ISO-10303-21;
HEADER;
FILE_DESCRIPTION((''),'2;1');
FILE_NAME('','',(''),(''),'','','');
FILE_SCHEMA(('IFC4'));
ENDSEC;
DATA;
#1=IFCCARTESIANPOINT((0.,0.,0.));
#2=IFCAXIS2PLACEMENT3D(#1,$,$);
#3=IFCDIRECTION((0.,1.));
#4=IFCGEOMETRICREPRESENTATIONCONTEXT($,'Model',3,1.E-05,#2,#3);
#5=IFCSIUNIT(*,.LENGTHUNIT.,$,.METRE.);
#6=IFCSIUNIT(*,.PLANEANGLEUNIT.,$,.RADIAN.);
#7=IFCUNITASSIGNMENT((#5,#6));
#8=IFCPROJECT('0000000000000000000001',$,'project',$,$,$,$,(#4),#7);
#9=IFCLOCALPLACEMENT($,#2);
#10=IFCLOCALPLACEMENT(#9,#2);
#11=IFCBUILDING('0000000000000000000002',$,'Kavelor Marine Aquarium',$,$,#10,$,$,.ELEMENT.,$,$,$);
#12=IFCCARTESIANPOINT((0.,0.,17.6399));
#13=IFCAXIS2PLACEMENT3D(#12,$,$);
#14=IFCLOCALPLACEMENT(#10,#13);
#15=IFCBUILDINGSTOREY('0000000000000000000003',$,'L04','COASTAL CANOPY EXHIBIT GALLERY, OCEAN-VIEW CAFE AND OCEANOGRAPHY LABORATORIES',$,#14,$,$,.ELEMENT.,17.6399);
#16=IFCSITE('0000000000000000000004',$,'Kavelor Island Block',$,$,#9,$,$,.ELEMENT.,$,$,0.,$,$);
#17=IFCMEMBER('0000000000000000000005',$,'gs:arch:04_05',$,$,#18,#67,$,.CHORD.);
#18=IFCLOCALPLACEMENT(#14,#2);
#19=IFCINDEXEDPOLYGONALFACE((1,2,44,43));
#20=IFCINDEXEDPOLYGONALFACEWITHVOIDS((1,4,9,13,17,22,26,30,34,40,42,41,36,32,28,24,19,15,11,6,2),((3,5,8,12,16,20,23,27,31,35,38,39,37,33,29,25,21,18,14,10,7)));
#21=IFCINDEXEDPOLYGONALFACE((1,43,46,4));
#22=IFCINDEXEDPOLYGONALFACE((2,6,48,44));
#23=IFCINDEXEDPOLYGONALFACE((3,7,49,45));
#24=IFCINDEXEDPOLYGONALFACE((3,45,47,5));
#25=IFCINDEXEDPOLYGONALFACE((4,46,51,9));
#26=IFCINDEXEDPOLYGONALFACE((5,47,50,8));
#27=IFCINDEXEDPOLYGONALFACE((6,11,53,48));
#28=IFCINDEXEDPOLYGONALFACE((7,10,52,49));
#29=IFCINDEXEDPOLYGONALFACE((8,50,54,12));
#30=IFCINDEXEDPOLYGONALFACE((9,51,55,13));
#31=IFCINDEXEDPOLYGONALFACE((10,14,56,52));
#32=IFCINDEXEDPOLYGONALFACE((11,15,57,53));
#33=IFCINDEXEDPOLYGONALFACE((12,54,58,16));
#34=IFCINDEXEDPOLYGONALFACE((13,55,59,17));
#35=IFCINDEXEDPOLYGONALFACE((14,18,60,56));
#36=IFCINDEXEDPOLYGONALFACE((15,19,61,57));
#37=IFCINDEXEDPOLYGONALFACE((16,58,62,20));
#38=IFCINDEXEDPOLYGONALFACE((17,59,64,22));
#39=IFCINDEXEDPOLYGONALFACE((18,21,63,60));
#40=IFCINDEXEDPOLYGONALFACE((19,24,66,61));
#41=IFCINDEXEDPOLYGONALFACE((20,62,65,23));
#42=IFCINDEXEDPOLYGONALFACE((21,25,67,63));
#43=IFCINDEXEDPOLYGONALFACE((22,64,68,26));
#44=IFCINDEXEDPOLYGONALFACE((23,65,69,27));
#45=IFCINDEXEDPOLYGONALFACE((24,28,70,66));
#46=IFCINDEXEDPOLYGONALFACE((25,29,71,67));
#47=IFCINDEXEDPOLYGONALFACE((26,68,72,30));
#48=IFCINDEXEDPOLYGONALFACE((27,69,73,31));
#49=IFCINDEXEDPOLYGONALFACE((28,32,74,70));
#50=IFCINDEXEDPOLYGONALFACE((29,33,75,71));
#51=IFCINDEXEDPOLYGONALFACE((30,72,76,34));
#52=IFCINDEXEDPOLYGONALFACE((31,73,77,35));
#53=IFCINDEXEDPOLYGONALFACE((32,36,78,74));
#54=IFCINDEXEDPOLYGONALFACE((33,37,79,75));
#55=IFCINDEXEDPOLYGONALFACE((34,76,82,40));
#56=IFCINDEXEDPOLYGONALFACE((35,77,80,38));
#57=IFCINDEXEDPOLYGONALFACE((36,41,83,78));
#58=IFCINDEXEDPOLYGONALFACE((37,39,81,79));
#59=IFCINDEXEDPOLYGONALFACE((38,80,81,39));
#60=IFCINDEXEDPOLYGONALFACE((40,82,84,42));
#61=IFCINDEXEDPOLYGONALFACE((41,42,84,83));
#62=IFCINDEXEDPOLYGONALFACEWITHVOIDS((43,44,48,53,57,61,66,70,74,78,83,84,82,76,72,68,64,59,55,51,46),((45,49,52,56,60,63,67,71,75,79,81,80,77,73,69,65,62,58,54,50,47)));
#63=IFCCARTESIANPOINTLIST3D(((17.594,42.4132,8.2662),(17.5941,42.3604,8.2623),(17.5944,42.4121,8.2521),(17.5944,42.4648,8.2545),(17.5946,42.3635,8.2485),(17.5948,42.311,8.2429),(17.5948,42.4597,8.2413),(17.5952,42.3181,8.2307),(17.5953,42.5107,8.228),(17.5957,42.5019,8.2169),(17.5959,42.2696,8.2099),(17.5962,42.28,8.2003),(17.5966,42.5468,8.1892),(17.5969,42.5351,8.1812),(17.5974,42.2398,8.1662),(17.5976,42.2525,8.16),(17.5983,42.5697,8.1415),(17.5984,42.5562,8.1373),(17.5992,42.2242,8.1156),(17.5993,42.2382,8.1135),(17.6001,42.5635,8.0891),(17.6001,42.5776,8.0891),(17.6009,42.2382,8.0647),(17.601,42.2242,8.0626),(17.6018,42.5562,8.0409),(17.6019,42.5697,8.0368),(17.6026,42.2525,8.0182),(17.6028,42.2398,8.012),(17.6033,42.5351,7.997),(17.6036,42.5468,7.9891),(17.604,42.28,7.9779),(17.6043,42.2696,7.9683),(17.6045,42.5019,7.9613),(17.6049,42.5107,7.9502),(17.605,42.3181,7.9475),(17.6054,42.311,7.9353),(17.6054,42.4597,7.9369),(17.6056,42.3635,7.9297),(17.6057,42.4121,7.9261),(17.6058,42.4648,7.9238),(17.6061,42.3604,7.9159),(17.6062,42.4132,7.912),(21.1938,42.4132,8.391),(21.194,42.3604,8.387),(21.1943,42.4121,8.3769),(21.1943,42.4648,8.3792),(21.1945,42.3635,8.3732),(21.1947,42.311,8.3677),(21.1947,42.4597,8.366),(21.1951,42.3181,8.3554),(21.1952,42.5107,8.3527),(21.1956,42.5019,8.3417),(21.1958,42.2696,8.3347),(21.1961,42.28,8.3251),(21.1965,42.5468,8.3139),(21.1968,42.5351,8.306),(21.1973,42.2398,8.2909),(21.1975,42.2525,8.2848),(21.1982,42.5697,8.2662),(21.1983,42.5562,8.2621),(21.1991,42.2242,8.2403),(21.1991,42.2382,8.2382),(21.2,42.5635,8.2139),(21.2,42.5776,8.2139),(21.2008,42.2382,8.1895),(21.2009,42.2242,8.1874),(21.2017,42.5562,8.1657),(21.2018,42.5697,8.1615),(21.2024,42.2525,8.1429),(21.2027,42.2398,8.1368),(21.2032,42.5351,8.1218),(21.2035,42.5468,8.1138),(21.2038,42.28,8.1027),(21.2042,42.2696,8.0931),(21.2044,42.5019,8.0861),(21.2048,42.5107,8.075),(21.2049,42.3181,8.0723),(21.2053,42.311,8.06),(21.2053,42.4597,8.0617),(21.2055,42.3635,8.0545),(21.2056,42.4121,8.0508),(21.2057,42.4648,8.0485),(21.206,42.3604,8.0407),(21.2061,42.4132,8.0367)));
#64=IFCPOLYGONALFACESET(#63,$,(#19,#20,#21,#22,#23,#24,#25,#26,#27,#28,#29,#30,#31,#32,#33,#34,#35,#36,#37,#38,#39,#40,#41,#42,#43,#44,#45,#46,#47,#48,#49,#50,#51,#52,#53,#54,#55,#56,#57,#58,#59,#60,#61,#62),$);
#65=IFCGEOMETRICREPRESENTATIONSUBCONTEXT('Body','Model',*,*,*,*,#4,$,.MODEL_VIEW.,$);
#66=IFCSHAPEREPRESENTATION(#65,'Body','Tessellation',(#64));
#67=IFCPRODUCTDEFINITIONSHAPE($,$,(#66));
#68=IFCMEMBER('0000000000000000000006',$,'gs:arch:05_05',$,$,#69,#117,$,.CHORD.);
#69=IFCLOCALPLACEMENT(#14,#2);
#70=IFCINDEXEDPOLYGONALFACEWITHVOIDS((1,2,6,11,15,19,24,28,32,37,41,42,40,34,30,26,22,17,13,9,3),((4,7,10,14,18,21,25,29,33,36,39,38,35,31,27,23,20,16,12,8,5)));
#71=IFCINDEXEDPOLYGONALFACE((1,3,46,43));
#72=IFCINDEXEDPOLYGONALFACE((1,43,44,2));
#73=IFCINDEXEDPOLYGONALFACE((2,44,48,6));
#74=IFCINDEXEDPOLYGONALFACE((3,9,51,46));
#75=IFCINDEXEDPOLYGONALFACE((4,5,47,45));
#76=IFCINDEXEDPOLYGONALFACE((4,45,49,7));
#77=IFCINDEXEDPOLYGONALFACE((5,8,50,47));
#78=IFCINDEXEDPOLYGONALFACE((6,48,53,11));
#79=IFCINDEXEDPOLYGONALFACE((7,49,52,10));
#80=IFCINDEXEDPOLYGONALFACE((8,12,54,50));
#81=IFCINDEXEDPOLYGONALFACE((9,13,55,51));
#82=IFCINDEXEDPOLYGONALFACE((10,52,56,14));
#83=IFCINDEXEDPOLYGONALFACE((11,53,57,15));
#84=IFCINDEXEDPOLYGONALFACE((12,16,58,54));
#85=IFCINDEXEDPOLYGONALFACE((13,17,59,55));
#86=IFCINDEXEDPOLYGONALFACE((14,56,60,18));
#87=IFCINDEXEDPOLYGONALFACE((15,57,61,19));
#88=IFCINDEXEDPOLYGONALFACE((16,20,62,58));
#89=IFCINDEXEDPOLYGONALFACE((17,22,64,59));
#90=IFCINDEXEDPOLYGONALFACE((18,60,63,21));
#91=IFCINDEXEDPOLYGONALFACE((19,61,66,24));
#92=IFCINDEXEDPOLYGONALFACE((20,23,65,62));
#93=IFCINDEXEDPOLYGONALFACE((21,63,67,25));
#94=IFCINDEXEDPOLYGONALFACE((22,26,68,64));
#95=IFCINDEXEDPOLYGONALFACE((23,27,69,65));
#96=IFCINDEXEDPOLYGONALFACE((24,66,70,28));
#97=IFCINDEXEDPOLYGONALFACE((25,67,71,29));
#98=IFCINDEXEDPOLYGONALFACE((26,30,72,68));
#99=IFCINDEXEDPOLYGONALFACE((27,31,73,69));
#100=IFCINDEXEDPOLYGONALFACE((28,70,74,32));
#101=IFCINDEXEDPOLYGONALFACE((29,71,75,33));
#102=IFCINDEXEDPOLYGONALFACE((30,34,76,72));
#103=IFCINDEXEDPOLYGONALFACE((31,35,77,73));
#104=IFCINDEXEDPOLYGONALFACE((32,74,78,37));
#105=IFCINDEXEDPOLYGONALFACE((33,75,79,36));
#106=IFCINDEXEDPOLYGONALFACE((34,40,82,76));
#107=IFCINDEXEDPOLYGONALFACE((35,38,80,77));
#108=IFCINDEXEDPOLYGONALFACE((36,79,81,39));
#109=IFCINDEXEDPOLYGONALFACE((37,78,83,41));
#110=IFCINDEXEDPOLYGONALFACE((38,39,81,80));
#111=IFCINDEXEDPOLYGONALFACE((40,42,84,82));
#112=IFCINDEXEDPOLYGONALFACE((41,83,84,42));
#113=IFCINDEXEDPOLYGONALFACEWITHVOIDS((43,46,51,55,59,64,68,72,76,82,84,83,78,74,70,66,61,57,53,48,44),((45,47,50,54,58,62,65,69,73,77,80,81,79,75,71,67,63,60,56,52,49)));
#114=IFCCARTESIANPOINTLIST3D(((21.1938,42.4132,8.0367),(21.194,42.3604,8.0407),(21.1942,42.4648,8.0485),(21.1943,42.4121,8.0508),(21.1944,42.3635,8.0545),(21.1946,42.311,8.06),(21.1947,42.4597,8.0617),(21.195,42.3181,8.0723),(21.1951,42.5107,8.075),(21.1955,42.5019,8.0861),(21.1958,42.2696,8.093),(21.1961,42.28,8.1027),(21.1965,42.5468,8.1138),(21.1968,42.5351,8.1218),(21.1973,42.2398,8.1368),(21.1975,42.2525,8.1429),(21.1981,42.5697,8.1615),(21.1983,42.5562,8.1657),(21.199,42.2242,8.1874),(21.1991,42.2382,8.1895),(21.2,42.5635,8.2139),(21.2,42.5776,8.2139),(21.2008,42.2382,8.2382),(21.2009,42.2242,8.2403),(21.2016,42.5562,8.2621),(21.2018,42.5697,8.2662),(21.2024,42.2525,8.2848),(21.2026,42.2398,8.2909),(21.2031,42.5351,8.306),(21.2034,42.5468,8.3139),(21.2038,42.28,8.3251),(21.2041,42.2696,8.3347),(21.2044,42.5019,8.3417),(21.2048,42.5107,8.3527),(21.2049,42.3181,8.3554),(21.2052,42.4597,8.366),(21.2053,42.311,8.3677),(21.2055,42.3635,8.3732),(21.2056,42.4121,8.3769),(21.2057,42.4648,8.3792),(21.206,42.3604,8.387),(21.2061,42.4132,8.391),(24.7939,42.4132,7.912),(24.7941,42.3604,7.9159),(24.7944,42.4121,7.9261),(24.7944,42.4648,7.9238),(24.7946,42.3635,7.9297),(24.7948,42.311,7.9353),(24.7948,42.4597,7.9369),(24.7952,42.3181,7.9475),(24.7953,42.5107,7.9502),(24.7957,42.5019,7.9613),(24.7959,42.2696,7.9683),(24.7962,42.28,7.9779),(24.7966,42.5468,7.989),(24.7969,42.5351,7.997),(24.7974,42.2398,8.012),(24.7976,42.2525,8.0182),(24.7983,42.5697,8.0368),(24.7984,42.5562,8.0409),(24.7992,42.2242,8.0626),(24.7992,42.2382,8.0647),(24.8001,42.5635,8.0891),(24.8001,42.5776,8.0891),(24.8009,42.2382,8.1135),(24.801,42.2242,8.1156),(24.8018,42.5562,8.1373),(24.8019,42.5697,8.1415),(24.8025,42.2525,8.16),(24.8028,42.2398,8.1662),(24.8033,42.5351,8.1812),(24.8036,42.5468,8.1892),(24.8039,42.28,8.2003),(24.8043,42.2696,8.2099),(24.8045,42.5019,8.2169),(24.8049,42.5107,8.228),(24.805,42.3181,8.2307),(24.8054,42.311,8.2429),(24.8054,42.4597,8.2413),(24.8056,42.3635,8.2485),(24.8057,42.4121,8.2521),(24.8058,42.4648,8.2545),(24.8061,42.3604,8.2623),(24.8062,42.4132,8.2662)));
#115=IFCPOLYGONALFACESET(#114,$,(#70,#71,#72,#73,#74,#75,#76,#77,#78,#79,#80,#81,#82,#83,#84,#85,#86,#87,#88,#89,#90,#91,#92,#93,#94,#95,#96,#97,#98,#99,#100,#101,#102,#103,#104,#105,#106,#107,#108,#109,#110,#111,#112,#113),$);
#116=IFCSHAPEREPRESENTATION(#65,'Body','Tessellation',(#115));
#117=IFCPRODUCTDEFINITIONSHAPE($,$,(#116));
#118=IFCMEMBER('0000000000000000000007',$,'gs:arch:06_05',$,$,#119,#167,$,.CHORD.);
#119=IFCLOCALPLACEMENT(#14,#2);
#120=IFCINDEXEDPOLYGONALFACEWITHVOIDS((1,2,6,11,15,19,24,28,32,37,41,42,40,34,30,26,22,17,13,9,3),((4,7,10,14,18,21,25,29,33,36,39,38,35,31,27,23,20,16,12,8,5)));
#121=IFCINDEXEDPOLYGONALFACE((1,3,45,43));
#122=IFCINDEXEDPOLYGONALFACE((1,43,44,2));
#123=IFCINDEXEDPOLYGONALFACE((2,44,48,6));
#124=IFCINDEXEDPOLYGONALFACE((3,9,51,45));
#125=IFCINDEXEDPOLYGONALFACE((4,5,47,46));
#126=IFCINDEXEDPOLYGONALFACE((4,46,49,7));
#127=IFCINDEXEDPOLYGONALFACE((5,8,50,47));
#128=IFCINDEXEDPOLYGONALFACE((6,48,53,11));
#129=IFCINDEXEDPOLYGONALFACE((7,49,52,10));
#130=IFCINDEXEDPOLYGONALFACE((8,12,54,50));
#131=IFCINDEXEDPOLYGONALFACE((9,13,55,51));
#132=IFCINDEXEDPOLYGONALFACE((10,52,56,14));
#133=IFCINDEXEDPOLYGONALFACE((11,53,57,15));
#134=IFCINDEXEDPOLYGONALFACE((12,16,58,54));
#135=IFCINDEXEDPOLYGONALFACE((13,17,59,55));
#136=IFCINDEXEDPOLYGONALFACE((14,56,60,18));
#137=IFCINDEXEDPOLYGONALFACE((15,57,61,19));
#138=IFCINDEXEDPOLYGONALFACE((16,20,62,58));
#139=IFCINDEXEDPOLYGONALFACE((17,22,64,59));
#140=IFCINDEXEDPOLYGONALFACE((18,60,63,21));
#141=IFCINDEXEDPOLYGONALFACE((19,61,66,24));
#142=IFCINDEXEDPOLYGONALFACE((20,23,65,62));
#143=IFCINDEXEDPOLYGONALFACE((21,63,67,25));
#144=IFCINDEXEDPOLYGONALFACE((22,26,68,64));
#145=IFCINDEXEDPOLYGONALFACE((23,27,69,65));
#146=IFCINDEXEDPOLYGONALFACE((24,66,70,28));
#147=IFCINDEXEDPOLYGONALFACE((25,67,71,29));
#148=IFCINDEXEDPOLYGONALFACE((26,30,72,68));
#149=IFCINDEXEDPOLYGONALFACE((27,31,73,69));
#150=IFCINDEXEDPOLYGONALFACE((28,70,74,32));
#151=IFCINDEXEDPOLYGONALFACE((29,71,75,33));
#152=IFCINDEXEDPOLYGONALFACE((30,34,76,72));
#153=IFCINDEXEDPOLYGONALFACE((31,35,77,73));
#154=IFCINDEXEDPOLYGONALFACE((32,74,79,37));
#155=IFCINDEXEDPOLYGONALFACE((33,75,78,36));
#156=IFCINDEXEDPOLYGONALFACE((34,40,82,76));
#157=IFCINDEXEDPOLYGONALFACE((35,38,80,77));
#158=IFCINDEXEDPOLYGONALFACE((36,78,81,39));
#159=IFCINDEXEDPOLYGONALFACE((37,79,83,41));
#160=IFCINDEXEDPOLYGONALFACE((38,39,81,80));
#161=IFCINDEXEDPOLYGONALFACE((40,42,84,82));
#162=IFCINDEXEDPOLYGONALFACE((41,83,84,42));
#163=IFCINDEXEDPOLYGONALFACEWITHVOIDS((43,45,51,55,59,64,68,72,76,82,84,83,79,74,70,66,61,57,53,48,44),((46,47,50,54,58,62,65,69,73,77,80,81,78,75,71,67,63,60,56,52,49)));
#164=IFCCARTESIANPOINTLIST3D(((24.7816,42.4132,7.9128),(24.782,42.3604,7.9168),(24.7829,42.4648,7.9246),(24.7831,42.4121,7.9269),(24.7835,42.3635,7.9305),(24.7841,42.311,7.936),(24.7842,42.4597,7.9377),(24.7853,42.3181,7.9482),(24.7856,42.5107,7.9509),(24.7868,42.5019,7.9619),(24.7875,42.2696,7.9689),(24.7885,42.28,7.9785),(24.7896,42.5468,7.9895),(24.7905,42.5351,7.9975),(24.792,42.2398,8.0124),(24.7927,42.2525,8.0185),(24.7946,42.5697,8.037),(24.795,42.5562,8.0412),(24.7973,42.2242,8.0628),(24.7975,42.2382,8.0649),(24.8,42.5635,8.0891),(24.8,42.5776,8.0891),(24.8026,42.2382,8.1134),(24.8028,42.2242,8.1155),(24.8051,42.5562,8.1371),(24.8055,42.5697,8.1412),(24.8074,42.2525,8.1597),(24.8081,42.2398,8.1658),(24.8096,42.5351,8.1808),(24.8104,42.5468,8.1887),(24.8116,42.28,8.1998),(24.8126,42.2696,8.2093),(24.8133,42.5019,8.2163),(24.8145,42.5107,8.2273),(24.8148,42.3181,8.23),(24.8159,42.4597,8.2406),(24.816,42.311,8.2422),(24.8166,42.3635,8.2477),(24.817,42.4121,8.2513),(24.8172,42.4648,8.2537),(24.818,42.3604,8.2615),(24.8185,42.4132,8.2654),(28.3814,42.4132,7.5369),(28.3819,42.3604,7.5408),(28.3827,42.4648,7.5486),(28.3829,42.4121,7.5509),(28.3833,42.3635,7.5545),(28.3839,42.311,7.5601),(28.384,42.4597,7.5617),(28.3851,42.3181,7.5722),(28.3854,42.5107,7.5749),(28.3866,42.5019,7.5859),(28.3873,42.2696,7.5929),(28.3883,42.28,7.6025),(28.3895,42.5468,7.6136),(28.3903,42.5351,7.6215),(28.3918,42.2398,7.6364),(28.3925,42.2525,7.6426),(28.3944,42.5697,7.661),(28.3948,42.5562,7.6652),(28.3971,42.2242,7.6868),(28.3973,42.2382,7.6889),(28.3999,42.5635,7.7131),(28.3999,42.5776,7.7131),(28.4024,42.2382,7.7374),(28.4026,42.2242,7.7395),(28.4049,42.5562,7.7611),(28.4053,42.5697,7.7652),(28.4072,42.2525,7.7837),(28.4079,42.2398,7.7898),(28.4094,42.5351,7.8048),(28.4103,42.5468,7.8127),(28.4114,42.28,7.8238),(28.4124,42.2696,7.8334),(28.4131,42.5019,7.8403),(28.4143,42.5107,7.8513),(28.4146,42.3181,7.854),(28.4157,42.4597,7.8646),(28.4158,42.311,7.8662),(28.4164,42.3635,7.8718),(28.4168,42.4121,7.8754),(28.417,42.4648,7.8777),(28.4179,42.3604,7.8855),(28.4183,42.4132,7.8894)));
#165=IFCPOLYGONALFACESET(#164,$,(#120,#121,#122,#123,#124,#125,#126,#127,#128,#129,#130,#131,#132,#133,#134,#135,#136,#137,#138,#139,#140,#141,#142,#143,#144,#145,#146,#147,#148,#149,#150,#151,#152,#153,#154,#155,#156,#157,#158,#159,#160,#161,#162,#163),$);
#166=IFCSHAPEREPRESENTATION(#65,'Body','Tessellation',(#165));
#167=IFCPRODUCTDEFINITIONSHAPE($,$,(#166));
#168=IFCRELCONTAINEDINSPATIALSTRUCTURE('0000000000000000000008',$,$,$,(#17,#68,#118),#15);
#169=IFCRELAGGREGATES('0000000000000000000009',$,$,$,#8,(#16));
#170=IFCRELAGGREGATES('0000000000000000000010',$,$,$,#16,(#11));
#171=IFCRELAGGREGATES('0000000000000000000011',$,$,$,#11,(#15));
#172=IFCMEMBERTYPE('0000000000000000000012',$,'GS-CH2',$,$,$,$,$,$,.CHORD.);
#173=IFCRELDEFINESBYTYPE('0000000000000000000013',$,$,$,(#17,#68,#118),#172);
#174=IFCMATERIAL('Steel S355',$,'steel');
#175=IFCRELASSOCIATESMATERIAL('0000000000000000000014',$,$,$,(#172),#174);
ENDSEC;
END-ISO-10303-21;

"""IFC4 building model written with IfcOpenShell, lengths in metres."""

from ifc_helpers import new_model, si_unit, direction, frame, origin, origin_2d, place, context, subcontext, project, spatial, hollow_circle, extrude, material, material_profile, profile_set, type_object, element, save


model = new_model("IFC4")

# Units and contexts
model_context = context("Model", 3, precision=1e-05, world=origin(), true_north=direction((0.0, 1.0)))
body_context = subcontext(model_context, "Body", "Model", "MODEL_VIEW")
ifc_project = project(units=[si_unit("LENGTHUNIT", "METRE"), si_unit("PLANEANGLEUNIT", "RADIAN")], contexts=[model_context])

# Site, building, storey
site_placement = place(None, origin())
site = spatial("IfcSite", under=ifc_project, at=site_placement, Name="Kavelor Island Block", CompositionType="ELEMENT", RefElevation=0.0)
building_placement = place(site_placement, origin())
building = spatial("IfcBuilding", under=site, at=building_placement, Name="Kavelor Marine Aquarium", CompositionType="ELEMENT")
storey_placement = place(building_placement, frame((0.0, 0.0, 17.6399)))
storey = spatial("IfcBuildingStorey", under=building, at=storey_placement, Name="L04", Description="COASTAL CANOPY EXHIBIT GALLERY, OCEAN-VIEW CAFE AND OCEANOGRAPHY LABORATORIES", CompositionType="ELEMENT", Elevation=17.6399)

# Members
ifc_material_1 = material(Name="Steel S355", Category="steel")
ifc_material_profile_1 = material_profile(ifc_material_1, hollow_circle(Radius=0.1777, WallThickness=0.0142, at=origin_2d()), Name="CHS 355.6x14.2")
ifc_profile_set_1 = profile_set([ifc_material_profile_1], Name="Steel S355")
member_type_1 = type_object("IfcMemberType", Name="GS-CH2", PredefinedType="CHORD", material=ifc_profile_set_1)
member_1_placement = place(storey_placement, frame((17.6001, 42.3999, 8.0891), z_axis=(0.9994, 0.0, 0.034635), x_axis=(0.0, 1.0, 0.0)))
element("IfcMember", 1, at=member_1_placement, inside=storey, type_object=member_type_1, Name="gs:arch:04_05", PredefinedType="CHORD", context=body_context, shape_type="SweptSolid", body=[
    extrude(hollow_circle(Radius=0.1777, WallThickness=0.0142, at=origin_2d()), origin(), (0.0, 0.0, 1.0), 3.6021),
])
member_2_placement = place(storey_placement, frame((21.2, 42.3999, 8.2139), z_axis=(0.9994, 0.0, -0.034633), x_axis=(0.0, 1.0, 0.0)))
element("IfcMember", 2, at=member_2_placement, inside=storey, type_object=member_type_1, Name="gs:arch:05_05", PredefinedType="CHORD", context=body_context, shape_type="SweptSolid", body=[
    extrude(hollow_circle(Radius=0.1777, WallThickness=0.0142, at=origin_2d()), origin(), (0.0, 0.0, 1.0), 3.6023),
])
member_3_placement = place(storey_placement, frame((24.8, 42.3999, 8.0891), z_axis=(0.99459, 0.0, -0.103877), x_axis=(0.0, 1.0, 0.0)))
element("IfcMember", 3, at=member_3_placement, inside=storey, type_object=member_type_1, Name="gs:arch:06_05", PredefinedType="CHORD", context=body_context, shape_type="SweptSolid", body=[
    extrude(hollow_circle(Radius=0.1777, WallThickness=0.0142, at=origin_2d()), origin(), (0.0, 0.0, 1.0), 3.6194),
])

save(model, "model.ifc")
